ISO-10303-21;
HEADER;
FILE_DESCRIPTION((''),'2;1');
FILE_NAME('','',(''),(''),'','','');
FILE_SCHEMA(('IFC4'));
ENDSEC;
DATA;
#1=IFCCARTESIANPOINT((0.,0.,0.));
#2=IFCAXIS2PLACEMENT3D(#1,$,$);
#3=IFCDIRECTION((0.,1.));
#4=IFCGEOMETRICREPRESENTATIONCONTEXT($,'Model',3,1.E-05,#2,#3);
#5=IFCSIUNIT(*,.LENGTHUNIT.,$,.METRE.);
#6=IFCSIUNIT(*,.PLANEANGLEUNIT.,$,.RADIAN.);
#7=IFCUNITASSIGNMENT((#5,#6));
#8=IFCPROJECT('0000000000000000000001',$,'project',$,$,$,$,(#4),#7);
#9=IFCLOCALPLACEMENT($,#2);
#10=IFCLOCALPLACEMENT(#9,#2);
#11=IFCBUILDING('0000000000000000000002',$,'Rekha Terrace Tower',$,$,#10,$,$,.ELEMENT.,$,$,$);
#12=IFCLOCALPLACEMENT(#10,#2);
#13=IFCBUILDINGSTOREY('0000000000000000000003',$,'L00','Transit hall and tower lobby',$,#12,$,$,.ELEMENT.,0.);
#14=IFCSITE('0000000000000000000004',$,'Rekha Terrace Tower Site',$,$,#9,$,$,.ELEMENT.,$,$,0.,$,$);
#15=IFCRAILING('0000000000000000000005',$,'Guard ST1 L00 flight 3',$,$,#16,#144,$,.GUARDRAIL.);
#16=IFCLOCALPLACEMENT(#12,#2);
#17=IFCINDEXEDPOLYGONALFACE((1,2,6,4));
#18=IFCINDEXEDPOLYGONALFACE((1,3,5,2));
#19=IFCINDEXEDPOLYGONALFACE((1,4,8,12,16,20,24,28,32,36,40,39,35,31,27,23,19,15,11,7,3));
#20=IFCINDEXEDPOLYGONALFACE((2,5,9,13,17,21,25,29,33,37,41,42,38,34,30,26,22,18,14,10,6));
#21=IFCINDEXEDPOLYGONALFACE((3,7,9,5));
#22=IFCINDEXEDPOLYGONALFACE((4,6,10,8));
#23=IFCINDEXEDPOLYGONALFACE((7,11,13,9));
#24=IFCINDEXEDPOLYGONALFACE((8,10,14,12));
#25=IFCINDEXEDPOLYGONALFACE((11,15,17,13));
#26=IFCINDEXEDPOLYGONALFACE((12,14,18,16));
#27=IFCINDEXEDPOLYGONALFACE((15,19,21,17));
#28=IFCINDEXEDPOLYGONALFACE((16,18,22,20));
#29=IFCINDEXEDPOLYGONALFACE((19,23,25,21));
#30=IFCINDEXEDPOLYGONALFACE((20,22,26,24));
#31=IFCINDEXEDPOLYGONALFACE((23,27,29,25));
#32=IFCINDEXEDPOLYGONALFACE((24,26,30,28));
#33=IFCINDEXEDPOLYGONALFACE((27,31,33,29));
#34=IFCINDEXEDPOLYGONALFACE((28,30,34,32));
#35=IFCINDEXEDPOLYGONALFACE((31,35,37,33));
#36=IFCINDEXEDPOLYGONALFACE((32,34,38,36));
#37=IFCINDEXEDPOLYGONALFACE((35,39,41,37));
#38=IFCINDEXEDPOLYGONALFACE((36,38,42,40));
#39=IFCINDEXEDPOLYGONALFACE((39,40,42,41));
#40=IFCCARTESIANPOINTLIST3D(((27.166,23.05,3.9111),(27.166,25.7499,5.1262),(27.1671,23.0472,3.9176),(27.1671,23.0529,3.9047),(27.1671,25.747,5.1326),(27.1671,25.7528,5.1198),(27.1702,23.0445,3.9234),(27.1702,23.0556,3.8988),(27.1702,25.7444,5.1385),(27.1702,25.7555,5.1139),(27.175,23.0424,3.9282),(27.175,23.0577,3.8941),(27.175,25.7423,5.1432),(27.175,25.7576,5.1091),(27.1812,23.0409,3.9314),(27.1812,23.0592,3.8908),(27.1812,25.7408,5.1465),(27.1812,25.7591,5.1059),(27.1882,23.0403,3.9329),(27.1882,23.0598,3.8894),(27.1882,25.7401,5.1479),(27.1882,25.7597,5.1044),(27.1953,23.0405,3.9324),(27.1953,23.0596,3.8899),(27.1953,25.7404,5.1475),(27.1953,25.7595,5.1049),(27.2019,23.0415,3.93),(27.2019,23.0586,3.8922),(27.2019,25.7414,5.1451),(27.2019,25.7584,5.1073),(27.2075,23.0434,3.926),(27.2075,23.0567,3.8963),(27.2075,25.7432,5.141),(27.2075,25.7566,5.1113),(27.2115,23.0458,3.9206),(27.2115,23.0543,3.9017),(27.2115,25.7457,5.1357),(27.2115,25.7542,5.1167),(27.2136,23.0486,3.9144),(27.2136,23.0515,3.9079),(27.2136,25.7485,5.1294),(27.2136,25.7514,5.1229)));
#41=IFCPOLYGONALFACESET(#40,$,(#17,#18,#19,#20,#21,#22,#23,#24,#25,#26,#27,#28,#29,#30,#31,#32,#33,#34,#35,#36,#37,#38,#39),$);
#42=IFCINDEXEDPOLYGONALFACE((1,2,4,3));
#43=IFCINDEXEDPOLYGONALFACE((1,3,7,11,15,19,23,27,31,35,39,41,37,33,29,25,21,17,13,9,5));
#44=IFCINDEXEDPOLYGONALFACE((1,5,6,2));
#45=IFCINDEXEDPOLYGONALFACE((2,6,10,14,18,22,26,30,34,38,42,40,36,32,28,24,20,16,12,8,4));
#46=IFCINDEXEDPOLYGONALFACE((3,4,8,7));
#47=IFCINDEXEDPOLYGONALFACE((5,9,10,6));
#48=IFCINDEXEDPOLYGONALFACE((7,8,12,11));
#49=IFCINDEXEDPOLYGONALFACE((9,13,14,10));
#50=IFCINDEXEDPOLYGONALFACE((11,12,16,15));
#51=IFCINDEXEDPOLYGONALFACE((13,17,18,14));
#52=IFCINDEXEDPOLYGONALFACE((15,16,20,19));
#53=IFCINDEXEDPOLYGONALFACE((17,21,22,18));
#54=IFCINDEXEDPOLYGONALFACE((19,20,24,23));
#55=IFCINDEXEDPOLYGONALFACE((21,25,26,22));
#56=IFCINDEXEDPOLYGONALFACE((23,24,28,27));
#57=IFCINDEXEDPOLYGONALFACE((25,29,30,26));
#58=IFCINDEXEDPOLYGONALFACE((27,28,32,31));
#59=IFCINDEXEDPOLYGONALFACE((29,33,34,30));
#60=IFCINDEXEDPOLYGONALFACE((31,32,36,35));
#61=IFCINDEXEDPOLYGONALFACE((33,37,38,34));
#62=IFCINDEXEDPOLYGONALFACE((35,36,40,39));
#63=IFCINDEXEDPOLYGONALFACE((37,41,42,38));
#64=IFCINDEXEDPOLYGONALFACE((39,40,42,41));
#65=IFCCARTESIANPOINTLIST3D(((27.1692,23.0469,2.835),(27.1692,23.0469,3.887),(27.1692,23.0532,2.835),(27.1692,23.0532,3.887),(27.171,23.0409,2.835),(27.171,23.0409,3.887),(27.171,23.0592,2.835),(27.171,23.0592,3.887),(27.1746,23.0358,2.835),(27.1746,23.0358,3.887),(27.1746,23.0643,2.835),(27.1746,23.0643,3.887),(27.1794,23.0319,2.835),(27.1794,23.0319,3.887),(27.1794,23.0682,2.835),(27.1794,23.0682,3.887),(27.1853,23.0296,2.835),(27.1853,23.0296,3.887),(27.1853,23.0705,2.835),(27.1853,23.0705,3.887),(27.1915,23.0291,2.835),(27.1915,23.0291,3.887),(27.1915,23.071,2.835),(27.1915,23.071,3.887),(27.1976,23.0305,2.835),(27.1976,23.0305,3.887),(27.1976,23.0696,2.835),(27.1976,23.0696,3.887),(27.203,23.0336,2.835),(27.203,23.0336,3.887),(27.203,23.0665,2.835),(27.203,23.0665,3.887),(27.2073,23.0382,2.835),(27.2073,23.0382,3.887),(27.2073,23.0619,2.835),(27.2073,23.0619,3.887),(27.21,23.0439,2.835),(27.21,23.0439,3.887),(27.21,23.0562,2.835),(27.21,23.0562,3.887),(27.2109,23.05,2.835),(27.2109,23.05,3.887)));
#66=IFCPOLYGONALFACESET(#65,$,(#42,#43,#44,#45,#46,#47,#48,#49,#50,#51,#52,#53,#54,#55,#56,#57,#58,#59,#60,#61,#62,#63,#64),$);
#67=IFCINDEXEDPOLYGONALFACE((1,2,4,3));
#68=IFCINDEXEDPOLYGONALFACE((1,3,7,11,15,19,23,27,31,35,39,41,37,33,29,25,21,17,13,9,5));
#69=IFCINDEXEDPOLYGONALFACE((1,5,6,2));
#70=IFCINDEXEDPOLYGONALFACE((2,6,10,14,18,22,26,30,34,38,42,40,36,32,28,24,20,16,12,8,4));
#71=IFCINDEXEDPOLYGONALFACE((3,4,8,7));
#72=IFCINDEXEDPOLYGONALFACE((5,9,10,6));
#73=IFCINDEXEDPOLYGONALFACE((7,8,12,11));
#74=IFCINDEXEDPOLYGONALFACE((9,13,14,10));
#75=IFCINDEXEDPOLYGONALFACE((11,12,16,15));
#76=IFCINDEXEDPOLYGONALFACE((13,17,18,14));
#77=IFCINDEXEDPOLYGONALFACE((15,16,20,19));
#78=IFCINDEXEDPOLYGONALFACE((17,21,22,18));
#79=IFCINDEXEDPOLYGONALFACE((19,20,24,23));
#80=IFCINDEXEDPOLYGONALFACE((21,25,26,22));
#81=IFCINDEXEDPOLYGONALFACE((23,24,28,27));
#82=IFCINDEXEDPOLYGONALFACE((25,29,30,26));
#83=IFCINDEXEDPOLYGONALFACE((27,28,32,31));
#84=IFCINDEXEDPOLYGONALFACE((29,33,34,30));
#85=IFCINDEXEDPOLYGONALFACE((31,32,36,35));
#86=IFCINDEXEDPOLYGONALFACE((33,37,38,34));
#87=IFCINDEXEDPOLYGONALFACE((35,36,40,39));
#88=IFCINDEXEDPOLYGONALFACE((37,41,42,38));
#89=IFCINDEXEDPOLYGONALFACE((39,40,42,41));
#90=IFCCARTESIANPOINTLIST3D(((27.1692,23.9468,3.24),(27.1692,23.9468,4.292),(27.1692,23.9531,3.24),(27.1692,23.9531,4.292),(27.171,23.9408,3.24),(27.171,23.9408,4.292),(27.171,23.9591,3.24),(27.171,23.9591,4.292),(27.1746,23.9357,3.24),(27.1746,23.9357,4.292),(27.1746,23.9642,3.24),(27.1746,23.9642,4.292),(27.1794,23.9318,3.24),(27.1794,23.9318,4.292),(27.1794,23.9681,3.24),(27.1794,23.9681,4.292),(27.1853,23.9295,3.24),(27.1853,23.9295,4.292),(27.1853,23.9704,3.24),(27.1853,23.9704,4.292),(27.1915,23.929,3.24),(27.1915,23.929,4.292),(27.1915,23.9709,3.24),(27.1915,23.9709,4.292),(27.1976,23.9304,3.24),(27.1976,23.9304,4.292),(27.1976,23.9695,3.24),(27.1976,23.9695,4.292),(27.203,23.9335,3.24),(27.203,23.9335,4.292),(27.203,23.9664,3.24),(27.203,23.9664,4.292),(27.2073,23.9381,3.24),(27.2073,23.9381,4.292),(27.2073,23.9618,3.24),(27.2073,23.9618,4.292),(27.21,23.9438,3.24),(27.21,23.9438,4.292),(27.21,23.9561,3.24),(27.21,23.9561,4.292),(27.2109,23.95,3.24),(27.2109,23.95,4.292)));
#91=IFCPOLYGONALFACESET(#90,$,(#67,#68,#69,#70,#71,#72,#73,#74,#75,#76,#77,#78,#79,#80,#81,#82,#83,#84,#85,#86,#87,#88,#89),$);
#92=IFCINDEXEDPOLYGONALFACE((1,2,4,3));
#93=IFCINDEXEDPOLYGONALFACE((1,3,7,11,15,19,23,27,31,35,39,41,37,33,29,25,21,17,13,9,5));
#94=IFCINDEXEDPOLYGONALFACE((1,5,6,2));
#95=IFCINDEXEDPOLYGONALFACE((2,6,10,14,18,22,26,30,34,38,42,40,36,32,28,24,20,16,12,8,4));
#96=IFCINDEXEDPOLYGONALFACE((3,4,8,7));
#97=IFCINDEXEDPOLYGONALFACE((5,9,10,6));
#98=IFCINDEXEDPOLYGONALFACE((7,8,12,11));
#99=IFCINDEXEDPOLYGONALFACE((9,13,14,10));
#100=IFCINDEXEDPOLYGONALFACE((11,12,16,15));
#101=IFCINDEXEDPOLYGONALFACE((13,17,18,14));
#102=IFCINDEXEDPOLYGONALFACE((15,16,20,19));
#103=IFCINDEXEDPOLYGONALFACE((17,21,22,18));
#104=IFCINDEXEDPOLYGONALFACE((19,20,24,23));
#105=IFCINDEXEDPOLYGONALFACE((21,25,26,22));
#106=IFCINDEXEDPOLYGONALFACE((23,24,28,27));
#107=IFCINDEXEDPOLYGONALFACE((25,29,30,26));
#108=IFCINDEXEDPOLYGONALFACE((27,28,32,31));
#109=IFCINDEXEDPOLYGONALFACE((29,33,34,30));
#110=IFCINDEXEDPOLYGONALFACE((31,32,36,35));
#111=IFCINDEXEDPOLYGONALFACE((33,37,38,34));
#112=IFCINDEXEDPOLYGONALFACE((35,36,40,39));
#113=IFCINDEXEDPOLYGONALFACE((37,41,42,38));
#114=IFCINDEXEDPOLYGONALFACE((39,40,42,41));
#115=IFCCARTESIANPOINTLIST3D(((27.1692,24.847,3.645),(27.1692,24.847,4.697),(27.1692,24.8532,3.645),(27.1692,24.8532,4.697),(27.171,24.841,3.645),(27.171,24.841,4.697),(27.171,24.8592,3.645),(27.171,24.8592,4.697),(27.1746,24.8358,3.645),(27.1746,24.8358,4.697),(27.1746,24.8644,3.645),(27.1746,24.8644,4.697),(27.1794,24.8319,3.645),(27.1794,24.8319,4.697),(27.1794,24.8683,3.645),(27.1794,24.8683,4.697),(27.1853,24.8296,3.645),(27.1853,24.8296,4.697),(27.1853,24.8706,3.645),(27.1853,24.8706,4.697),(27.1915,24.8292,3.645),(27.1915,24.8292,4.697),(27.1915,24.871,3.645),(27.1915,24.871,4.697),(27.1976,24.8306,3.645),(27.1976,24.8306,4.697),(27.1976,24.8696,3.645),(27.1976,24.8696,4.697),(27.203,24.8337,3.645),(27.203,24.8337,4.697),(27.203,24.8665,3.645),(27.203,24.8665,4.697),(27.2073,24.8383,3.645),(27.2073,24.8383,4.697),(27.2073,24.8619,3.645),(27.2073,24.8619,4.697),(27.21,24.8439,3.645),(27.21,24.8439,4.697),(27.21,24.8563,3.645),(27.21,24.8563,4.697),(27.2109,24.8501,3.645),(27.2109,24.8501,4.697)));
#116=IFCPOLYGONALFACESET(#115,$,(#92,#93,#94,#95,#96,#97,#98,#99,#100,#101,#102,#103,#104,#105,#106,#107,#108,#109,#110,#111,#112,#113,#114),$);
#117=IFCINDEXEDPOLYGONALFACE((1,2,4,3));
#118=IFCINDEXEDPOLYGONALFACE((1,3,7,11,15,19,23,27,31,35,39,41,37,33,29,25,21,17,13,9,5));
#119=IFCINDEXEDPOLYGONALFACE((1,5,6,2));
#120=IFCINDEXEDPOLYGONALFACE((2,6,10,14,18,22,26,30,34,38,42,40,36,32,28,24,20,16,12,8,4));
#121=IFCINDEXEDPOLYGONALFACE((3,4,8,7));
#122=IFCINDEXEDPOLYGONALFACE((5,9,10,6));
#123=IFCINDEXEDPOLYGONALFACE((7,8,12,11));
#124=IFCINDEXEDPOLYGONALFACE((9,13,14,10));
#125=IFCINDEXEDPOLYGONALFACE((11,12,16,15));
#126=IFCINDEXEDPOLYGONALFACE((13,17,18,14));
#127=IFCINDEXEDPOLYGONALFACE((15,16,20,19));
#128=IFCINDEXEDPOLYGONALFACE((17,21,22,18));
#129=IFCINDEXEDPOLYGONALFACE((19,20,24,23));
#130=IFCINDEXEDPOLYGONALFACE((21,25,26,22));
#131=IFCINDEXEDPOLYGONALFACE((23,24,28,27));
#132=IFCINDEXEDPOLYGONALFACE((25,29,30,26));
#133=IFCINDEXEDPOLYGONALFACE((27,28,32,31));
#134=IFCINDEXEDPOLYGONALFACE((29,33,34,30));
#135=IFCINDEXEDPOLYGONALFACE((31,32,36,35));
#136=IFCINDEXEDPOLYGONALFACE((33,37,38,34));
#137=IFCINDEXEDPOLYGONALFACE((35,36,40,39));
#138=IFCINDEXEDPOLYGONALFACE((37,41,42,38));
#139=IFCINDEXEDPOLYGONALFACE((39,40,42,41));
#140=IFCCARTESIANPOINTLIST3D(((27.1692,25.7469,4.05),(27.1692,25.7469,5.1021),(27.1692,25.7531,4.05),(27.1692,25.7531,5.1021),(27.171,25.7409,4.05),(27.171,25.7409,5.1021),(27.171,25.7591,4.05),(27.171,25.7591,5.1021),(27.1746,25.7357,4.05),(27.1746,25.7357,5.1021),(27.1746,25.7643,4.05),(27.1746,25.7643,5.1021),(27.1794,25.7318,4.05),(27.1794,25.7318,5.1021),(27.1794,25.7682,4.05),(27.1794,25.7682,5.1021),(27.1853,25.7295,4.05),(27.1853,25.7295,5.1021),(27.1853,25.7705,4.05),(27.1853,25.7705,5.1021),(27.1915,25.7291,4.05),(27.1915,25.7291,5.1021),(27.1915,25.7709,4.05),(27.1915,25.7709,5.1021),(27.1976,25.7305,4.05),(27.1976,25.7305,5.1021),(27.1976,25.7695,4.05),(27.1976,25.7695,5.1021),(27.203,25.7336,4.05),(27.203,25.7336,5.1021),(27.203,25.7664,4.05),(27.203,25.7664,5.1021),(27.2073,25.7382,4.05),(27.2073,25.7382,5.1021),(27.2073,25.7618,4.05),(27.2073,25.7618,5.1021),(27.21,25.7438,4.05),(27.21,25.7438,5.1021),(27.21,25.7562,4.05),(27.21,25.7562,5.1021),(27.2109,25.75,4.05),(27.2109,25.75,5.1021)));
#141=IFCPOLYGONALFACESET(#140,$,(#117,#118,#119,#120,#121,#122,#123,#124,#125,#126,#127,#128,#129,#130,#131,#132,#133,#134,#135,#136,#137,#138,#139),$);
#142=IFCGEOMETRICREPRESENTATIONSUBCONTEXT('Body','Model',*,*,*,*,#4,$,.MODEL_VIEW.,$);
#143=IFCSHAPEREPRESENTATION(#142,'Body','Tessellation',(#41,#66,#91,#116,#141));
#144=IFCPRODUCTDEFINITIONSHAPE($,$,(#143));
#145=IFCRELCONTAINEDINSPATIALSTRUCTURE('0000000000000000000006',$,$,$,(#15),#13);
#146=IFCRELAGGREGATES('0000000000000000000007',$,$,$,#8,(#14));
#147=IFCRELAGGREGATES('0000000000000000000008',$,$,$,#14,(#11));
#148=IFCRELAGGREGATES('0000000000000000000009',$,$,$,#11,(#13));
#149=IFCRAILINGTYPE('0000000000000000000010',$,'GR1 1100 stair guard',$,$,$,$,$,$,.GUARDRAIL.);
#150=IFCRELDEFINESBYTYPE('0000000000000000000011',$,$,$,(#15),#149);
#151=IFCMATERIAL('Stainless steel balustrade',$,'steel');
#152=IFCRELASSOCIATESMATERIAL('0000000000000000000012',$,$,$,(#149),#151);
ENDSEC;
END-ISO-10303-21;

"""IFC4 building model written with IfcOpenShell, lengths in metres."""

from ifc_helpers import new_model, si_unit, direction, frame, origin, origin_2d, place, context, subcontext, project, spatial, circle, extrude, material, type_object, element, save


model = new_model("IFC4")

# Units and contexts
model_context = context("Model", 3, precision=1e-05, world=origin(), true_north=direction((0.0, 1.0)))
body_context = subcontext(model_context, "Body", "Model", "MODEL_VIEW")
ifc_project = project(units=[si_unit("LENGTHUNIT", "METRE"), si_unit("PLANEANGLEUNIT", "RADIAN")], contexts=[model_context])

# Site, building, storey
site_placement = place(None, origin())
site = spatial("IfcSite", under=ifc_project, at=site_placement, Name="Rekha Terrace Tower Site", CompositionType="ELEMENT", RefElevation=0.0)
building_placement = place(site_placement, origin())
building = spatial("IfcBuilding", under=site, at=building_placement, Name="Rekha Terrace Tower", CompositionType="ELEMENT")
storey_placement = place(building_placement, origin())
storey = spatial("IfcBuildingStorey", under=building, at=storey_placement, Name="L00", Description="Transit hall and tower lobby", CompositionType="ELEMENT", Elevation=0.0)

# Railing
ifc_material_1 = material(Name="Stainless steel balustrade", Category="steel")
railing_type_1 = type_object("IfcRailingType", Name="GR1 1100 stair guard", PredefinedType="GUARDRAIL", material=ifc_material_1)
railing_1_placement = place(storey_placement, frame((27.1899, 23.05, 2.835)))
element("IfcRailing", 1, at=railing_1_placement, inside=storey, type_object=railing_type_1, Name="Guard ST1 L00 flight 3", PredefinedType="GUARDRAIL", context=body_context, shape_type="SweptSolid", body=[
    extrude(circle(Radius=0.0239, at=origin_2d()), frame((0.0, 0.0, 1.0762), z_axis=(0.0, 0.911908, 0.410396), x_axis=(-1.0, 0.0, 0.0)), (0.0, 0.0, 1.0), 2.9607),
    extrude(circle(Radius=0.021, at=origin_2d()), origin(), (0.0, 0.0, 1.0), 1.052),
    extrude(circle(Radius=0.021, at=origin_2d()), frame((0.0, 0.8999, 0.405)), (0.0, 0.0, 1.0), 1.052),
    extrude(circle(Radius=0.021, at=origin_2d()), frame((0.0, 1.8, 0.8101)), (0.0, 0.0, 1.0), 1.052),
    extrude(circle(Radius=0.021, at=origin_2d()), frame((0.0, 2.7, 1.2151)), (0.0, 0.0, 1.0), 1.052),
])

save(model, "model.ifc")
